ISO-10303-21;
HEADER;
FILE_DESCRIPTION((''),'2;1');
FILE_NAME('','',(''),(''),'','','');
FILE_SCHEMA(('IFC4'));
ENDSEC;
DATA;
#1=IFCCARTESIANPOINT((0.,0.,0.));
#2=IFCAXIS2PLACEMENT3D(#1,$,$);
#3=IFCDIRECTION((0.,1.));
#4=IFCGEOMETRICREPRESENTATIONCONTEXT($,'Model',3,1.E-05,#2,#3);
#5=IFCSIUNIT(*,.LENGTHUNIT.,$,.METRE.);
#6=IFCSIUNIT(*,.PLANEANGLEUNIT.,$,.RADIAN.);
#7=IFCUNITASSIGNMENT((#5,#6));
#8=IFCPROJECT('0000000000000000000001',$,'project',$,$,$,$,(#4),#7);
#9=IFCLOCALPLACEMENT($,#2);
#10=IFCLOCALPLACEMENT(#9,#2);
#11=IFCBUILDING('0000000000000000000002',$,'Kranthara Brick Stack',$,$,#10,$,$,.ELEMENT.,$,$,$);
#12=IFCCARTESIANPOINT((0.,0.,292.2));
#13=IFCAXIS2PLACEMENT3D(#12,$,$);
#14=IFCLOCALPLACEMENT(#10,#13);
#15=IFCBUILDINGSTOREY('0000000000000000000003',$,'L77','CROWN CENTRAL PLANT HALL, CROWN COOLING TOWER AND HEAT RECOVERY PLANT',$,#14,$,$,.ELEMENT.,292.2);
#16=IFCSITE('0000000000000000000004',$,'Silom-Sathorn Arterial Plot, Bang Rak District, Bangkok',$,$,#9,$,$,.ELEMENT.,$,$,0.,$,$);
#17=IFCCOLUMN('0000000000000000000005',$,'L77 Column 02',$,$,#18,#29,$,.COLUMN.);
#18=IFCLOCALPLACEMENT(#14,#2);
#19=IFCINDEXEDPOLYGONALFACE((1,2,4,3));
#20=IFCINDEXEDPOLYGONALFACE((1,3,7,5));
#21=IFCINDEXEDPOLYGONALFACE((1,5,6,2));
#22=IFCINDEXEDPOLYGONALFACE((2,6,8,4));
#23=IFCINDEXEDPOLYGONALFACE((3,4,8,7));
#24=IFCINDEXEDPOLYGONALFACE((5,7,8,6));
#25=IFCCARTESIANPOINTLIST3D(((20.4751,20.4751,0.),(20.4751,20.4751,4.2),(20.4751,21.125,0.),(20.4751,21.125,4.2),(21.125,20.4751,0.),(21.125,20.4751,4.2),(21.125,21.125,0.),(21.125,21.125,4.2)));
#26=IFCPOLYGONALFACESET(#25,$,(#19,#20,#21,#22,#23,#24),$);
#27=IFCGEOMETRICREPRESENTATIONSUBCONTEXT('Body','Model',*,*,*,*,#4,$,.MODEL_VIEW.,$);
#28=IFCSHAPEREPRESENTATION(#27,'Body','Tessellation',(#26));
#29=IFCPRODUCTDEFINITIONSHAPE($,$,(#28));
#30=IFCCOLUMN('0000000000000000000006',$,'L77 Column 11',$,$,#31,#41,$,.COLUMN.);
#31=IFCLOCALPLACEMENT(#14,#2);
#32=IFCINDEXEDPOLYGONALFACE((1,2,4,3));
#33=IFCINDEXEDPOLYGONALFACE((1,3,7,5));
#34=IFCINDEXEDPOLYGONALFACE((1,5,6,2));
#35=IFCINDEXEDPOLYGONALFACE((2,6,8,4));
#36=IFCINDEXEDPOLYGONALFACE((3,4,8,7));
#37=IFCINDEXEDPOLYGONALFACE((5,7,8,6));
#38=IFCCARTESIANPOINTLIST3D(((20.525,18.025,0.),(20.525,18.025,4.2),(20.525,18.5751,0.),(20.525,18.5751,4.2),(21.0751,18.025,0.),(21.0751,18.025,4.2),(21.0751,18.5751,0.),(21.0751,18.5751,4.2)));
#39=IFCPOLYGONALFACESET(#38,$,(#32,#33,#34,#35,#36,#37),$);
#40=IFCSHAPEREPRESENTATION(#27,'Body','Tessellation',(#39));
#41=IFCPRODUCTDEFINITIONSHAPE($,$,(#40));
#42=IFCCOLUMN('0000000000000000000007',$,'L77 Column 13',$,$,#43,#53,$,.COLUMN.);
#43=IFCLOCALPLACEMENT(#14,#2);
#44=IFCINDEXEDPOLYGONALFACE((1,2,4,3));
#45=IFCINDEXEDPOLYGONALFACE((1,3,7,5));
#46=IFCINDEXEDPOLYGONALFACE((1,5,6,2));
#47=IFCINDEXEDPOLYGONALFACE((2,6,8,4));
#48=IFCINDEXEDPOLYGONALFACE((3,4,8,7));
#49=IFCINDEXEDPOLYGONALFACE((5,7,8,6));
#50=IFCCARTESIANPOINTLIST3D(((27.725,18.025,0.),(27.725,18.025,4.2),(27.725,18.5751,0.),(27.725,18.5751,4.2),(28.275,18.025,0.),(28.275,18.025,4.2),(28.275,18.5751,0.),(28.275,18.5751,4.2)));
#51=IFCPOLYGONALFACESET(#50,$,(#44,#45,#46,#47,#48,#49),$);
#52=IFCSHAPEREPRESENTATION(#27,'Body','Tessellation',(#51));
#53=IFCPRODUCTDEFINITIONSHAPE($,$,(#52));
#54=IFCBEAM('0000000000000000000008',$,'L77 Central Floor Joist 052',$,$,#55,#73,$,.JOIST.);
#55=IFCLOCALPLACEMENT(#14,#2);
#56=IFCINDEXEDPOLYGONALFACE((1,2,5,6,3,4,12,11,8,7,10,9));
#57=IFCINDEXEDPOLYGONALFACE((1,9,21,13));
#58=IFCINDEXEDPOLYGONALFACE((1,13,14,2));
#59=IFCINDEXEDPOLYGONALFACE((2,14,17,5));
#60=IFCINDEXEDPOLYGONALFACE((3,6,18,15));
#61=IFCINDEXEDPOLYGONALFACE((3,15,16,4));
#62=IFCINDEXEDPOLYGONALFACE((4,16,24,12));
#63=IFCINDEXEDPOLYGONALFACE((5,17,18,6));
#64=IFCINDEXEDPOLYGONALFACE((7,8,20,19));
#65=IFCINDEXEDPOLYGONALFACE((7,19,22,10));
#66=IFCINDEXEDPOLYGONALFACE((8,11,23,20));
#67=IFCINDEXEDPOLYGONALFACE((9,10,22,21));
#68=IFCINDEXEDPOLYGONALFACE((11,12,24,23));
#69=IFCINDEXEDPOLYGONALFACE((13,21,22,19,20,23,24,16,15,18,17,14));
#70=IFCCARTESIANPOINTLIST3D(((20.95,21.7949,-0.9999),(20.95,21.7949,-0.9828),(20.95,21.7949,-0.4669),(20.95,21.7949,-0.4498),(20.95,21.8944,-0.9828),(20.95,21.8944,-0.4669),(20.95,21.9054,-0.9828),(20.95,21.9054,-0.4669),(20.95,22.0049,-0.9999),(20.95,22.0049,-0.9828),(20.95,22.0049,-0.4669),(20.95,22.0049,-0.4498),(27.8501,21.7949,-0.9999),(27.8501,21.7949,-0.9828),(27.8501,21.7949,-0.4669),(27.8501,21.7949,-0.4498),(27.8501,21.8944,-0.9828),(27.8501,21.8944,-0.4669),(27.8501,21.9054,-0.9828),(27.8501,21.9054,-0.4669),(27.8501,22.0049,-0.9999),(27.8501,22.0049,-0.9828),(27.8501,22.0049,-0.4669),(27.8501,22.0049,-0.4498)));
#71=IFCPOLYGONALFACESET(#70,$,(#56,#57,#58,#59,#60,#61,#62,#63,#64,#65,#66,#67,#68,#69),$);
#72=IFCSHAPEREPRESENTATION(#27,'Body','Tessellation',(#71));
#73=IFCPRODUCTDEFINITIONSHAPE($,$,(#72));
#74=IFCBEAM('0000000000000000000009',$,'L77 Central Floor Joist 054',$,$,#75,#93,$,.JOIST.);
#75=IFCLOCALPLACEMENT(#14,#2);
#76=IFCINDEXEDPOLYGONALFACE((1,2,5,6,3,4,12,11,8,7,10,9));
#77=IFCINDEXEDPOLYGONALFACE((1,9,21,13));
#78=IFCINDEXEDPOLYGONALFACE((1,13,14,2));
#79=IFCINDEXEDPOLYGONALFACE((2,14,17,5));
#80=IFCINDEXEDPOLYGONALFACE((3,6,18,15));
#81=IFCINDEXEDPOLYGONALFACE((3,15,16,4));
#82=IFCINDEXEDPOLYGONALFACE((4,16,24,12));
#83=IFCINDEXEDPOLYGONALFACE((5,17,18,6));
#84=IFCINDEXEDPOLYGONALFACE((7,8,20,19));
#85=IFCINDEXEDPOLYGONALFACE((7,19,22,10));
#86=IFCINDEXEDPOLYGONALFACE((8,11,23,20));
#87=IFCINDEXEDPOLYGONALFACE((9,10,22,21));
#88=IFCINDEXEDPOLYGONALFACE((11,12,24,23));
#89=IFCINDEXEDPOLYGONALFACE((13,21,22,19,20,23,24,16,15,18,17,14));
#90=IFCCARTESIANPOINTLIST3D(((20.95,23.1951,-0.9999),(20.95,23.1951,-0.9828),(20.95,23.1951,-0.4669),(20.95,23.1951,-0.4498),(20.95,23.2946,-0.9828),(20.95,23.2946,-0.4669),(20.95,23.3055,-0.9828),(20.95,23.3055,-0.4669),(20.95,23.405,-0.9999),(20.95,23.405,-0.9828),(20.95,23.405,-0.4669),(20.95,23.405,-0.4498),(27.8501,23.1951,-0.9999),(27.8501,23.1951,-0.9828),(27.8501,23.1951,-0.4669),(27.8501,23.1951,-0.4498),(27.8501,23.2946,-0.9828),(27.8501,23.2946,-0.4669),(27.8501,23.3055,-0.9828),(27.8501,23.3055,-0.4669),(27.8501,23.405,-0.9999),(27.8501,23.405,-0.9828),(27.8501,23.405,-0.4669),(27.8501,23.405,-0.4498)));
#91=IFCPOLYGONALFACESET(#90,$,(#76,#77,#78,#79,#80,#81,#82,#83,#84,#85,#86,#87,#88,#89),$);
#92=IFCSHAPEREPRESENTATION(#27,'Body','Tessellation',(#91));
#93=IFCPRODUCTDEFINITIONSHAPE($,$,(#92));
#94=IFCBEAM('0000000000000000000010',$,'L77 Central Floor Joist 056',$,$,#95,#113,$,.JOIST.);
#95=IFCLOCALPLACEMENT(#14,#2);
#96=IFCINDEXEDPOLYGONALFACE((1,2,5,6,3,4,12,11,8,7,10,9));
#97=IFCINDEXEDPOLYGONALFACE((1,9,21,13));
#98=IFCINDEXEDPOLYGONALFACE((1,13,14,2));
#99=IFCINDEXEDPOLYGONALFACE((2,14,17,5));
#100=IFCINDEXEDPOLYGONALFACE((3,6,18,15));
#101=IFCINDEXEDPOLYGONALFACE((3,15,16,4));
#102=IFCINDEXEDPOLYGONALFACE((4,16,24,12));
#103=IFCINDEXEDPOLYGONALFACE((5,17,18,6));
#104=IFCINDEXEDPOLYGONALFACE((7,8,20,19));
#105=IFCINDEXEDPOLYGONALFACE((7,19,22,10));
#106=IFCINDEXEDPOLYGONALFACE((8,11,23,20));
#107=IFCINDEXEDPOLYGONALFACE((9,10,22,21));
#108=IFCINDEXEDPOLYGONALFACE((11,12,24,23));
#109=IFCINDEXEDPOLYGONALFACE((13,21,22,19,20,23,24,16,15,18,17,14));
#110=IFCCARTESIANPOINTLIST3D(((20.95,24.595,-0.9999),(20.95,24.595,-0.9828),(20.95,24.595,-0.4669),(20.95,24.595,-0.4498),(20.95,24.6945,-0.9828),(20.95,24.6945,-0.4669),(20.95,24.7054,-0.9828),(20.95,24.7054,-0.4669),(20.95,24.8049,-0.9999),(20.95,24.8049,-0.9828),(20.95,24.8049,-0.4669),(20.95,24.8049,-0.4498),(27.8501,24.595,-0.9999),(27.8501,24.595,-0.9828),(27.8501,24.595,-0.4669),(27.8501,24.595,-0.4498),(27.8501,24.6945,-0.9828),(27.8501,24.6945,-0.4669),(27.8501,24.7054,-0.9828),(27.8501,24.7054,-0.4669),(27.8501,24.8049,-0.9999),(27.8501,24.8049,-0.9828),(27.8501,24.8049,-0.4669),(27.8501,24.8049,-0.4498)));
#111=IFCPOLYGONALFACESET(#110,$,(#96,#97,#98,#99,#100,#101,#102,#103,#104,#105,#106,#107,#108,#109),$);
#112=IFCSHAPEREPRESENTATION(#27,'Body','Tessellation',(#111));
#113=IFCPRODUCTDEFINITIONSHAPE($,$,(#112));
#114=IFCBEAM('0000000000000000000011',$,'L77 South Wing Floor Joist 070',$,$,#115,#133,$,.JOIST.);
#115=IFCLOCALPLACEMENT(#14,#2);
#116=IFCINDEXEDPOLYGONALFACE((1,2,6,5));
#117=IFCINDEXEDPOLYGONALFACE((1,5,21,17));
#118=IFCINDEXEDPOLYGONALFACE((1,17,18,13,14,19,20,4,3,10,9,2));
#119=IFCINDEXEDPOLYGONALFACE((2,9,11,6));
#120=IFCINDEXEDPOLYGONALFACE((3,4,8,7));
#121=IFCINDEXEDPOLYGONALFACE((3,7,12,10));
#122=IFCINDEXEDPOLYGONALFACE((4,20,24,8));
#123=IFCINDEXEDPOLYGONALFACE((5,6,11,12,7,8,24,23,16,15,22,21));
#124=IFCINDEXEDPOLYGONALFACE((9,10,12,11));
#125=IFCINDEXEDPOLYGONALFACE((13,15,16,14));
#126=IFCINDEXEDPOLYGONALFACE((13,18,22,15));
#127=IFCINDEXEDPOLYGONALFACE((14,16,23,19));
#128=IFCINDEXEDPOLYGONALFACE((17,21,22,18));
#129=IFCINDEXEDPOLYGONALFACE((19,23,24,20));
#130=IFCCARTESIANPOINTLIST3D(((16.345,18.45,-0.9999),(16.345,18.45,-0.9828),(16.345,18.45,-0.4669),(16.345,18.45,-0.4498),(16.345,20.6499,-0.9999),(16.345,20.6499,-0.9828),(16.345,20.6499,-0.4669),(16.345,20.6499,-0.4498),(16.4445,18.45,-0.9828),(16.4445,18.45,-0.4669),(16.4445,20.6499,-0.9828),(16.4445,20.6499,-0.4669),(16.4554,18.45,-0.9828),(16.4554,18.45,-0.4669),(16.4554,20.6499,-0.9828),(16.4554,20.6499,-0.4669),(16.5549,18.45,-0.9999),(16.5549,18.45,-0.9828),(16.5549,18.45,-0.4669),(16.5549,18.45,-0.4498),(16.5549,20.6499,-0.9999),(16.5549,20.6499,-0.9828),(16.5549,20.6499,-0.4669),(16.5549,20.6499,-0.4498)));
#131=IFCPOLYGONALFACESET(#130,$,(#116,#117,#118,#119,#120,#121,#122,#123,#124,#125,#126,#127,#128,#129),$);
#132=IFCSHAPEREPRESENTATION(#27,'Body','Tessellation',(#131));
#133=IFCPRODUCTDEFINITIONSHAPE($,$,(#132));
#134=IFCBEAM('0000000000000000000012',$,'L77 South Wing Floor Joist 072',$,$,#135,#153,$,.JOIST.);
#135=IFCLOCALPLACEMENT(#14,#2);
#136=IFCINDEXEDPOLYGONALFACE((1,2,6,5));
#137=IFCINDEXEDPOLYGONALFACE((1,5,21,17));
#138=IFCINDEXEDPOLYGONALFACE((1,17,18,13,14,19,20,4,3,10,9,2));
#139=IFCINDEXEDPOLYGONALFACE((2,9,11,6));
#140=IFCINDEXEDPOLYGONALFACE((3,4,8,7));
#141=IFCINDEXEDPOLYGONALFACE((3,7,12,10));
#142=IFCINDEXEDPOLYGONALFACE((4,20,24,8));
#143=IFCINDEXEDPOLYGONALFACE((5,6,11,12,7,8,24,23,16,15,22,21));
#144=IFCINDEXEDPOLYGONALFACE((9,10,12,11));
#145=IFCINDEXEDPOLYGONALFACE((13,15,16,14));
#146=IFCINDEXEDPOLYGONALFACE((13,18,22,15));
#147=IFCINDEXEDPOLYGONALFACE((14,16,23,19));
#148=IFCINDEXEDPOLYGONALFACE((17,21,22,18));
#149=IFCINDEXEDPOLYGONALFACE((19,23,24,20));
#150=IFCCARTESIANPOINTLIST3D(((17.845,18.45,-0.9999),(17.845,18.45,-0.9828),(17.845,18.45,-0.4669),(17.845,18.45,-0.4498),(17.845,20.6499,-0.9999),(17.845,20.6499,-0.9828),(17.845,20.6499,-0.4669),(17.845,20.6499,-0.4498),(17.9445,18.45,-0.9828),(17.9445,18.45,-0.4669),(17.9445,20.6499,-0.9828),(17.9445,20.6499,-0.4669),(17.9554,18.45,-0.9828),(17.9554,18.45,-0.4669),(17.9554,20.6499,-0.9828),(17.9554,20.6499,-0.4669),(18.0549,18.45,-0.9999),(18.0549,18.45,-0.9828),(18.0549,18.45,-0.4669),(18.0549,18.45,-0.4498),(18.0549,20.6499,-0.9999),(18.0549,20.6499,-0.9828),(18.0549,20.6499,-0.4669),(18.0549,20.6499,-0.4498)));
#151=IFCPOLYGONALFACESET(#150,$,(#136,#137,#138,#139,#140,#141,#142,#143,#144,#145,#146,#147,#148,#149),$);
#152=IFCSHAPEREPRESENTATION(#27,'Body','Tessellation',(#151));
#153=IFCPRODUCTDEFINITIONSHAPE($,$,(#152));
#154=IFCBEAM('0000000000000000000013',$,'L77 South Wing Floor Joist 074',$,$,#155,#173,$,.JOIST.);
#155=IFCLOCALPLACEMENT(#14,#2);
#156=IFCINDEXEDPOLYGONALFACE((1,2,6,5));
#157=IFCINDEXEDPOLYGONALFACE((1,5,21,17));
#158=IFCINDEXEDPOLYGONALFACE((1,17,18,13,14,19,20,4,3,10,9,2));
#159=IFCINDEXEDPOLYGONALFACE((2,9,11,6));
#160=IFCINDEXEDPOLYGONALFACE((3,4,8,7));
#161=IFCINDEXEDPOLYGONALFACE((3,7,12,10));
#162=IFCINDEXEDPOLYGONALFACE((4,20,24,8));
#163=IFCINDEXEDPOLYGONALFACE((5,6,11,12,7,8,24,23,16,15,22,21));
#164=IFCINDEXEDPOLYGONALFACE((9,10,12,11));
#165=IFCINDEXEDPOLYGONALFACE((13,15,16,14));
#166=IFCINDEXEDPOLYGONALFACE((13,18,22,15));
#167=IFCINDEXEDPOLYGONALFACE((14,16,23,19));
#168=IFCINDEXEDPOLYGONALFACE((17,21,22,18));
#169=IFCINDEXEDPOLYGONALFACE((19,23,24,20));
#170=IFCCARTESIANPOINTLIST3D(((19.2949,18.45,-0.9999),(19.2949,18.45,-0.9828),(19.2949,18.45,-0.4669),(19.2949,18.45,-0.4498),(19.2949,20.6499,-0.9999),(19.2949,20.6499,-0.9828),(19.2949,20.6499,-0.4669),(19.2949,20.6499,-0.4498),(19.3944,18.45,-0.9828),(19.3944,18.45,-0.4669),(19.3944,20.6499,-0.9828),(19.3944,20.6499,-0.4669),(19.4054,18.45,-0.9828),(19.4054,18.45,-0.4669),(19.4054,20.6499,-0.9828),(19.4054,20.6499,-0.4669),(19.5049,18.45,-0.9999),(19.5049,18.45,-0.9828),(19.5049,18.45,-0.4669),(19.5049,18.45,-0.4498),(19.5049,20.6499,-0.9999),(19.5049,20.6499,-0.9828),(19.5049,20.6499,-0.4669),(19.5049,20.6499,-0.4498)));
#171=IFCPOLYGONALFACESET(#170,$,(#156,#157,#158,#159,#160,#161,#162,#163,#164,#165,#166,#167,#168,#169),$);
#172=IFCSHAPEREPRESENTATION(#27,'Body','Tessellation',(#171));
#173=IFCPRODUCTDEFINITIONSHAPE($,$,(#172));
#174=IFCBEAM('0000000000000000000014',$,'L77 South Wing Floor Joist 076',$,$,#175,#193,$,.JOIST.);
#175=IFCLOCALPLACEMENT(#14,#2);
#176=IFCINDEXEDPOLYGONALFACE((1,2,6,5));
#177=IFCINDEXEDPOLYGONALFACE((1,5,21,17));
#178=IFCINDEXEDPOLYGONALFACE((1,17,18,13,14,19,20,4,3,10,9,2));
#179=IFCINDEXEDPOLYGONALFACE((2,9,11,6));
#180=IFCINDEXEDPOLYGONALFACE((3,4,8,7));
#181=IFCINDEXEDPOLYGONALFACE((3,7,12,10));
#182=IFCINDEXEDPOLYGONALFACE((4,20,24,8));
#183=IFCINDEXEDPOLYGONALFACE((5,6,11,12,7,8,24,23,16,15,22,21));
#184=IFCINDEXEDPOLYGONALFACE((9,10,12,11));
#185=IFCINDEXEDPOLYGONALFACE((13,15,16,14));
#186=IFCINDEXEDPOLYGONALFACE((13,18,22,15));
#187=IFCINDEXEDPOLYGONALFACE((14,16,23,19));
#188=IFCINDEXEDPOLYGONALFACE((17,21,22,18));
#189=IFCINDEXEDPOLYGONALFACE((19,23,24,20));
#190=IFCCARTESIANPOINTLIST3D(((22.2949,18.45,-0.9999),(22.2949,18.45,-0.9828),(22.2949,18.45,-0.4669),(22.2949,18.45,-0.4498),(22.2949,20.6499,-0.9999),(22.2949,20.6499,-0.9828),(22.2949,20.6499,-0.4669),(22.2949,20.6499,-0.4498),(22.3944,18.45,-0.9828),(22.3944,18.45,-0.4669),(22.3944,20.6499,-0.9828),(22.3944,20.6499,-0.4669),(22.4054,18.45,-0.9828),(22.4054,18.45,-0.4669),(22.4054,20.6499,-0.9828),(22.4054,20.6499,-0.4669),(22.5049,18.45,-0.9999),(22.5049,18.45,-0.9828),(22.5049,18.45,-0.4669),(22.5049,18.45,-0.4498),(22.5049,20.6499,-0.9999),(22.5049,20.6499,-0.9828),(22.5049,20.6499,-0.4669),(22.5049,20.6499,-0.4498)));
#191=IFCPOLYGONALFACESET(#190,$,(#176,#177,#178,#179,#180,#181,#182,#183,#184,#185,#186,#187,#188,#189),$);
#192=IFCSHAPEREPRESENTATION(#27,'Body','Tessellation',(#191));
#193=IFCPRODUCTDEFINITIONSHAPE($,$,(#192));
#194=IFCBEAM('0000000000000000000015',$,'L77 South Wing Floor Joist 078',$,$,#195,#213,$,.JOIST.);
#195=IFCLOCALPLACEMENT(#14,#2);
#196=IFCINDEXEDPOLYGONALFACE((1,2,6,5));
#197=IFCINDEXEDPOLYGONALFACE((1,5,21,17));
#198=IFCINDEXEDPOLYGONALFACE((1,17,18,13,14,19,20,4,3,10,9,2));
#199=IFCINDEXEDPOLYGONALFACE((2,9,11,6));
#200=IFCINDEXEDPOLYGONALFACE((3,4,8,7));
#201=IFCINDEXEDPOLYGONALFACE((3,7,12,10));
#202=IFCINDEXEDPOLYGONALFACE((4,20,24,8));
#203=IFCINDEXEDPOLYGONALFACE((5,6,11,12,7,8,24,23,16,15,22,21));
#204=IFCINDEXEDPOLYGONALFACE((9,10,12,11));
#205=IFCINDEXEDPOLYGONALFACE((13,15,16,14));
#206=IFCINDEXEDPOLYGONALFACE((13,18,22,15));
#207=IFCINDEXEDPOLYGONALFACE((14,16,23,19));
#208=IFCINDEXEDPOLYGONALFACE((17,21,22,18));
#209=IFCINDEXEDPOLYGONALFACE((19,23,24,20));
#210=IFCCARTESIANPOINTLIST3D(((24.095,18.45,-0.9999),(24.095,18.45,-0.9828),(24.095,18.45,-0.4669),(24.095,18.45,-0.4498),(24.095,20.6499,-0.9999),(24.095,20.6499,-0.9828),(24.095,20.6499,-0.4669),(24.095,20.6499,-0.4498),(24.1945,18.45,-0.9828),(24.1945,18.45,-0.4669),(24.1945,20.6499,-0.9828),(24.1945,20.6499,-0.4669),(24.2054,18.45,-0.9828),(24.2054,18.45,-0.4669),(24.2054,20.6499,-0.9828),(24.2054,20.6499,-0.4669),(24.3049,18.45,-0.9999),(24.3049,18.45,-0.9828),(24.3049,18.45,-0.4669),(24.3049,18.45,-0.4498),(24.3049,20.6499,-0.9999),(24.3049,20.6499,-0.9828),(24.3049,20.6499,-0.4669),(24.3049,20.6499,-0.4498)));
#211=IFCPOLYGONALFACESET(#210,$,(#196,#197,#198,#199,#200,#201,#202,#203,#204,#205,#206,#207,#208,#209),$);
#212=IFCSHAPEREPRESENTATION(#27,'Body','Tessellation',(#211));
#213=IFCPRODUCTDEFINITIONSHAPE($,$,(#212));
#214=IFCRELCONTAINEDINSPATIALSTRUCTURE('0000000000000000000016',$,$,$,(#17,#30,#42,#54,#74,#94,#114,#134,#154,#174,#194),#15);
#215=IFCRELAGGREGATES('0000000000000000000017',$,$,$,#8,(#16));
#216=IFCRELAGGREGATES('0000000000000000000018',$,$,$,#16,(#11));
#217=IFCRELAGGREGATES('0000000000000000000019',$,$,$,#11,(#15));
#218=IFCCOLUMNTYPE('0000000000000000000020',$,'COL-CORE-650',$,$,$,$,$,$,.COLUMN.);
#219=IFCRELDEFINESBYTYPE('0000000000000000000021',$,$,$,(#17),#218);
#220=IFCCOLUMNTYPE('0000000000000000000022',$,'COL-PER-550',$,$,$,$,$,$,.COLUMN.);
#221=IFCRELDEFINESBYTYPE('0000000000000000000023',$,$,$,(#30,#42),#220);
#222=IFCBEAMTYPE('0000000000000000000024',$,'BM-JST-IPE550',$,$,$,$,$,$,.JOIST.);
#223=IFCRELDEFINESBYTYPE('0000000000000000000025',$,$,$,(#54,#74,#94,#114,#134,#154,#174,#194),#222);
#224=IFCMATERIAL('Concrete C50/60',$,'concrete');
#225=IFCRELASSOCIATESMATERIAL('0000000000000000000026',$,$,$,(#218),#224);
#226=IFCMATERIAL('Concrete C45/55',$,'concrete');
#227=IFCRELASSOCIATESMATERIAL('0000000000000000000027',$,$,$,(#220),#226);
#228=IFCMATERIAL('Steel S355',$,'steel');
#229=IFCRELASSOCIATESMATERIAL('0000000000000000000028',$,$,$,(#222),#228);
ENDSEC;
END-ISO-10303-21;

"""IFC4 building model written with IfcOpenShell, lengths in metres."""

from ifc_helpers import new_model, si_unit, direction, frame, origin, origin_2d, place, context, subcontext, project, spatial, rectangle, i_section, extrude, material, material_profile, profile_set, type_object, element, save


model = new_model("IFC4")

# Units and contexts
model_context = context("Model", 3, precision=1e-05, world=origin(), true_north=direction((0.0, 1.0)))
body_context = subcontext(model_context, "Body", "Model", "MODEL_VIEW")
ifc_project = project(units=[si_unit("LENGTHUNIT", "METRE"), si_unit("PLANEANGLEUNIT", "RADIAN")], contexts=[model_context])

# Site, building, storey
site_placement = place(None, origin())
site = spatial("IfcSite", under=ifc_project, at=site_placement, Name="Silom-Sathorn Arterial Plot, Bang Rak District, Bangkok", CompositionType="ELEMENT", RefElevation=0.0)
building_placement = place(site_placement, origin())
building = spatial("IfcBuilding", under=site, at=building_placement, Name="Kranthara Brick Stack", CompositionType="ELEMENT")
storey_placement = place(building_placement, frame((0.0, 0.0, 292.2)))
storey = spatial("IfcBuildingStorey", under=building, at=storey_placement, Name="L77", Description="CROWN CENTRAL PLANT HALL, CROWN COOLING TOWER AND HEAT RECOVERY PLANT", CompositionType="ELEMENT", Elevation=292.2)

# Columns
ifc_material_1 = material(Name="Concrete C50/60", Category="concrete")
ifc_material_profile_1 = material_profile(ifc_material_1, rectangle(XDim=0.6499, YDim=0.6499, at=origin_2d()), Name="RC 650x650")
ifc_profile_set_1 = profile_set([ifc_material_profile_1], Name="Concrete C50/60")
column_type_1 = type_object("IfcColumnType", Name="COL-CORE-650", PredefinedType="COLUMN", material=ifc_profile_set_1)
column_placement = place(storey_placement, frame((20.8, 20.8, 0.0), z_axis=(0.0, 0.0, 1.0), x_axis=(1.0, 0.0, 0.0)))
element("IfcColumn", 1, at=column_placement, inside=storey, type_object=column_type_1, Name="L77 Column 02", PredefinedType="COLUMN", context=body_context, shape_type="SweptSolid", body=[
    extrude(rectangle(XDim=0.6499, YDim=0.6499, at=origin_2d()), origin(), (0.0, 0.0, 1.0), 4.2),
])
ifc_material_2 = material(Name="Concrete C45/55", Category="concrete")
ifc_material_profile_2 = material_profile(ifc_material_2, rectangle(XDim=0.55, YDim=0.55, at=origin_2d()), Name="RC 550x550")
ifc_profile_set_2 = profile_set([ifc_material_profile_2], Name="Concrete C45/55")
column_type_2 = type_object("IfcColumnType", Name="COL-PER-550", PredefinedType="COLUMN", material=ifc_profile_set_2)
for number, where, z_axis, x_axis, name in (
    (2, (20.8, 18.3, 0.0), (0.0, 0.0, 1.0), (1.0, 0.0, 0.0), "L77 Column 11"),
    (3, (28.0, 18.3, 0.0), (0.0, 0.0, 1.0), (1.0, 0.0, 0.0), "L77 Column 13"),
):
    element("IfcColumn", number, at=place(storey_placement, frame(where, z_axis=z_axis, x_axis=x_axis)), inside=storey, type_object=column_type_2, Name=name, PredefinedType="COLUMN", context=body_context, shape_type="SweptSolid", body=[
        extrude(rectangle(XDim=0.55, YDim=0.55, at=origin_2d()), origin(), (0.0, 0.0, 1.0), 4.2),
    ])

# Beams
ifc_material_3 = material(Name="Steel S355", Category="steel")
ifc_material_profile_3 = material_profile(ifc_material_3, i_section(OverallWidth=0.21, OverallDepth=0.55, WebThickness=0.011, FlangeThickness=0.0171, at=origin_2d()), Name="IPE 550")
ifc_profile_set_3 = profile_set([ifc_material_profile_3], Name="Steel S355")
beam_type_1 = type_object("IfcBeamType", Name="BM-JST-IPE550", PredefinedType="JOIST", material=ifc_profile_set_3)
for number, where, z_axis, x_axis, name in (
    (4, (20.95, 21.8999, -0.7249), (1.0, 0.0, 0.0), (0.0, 1.0, 0.0), "L77 Central Floor Joist 052"),
    (5, (20.95, 23.3, -0.7249), (1.0, 0.0, 0.0), (0.0, 1.0, 0.0), "L77 Central Floor Joist 054"),
    (6, (20.95, 24.7, -0.7249), (1.0, 0.0, 0.0), (0.0, 1.0, 0.0), "L77 Central Floor Joist 056"),
):
    element("IfcBeam", number, at=place(storey_placement, frame(where, z_axis=z_axis, x_axis=x_axis)), inside=storey, type_object=beam_type_1, Name=name, PredefinedType="JOIST", context=body_context, shape_type="SweptSolid", body=[
        extrude(i_section(OverallWidth=0.21, OverallDepth=0.55, WebThickness=0.011, FlangeThickness=0.0171, at=origin_2d()), origin(), (0.0, 0.0, 1.0), 6.9001),
    ])
for number, where, z_axis, x_axis, name in (
    (7, (16.45, 18.45, -0.7249), (0.0, 1.0, 0.0), (-1.0, 0.0, 0.0), "L77 South Wing Floor Joist 070"),
    (8, (17.95, 18.45, -0.7249), (0.0, 1.0, 0.0), (-1.0, 0.0, 0.0), "L77 South Wing Floor Joist 072"),
    (9, (19.3999, 18.45, -0.7249), (0.0, 1.0, 0.0), (-1.0, 0.0, 0.0), "L77 South Wing Floor Joist 074"),
    (10, (22.3999, 18.45, -0.7249), (0.0, 1.0, 0.0), (-1.0, 0.0, 0.0), "L77 South Wing Floor Joist 076"),
    (11, (24.2, 18.45, -0.7249), (0.0, 1.0, 0.0), (-1.0, 0.0, 0.0), "L77 South Wing Floor Joist 078"),
):
    element("IfcBeam", number, at=place(storey_placement, frame(where, z_axis=z_axis, x_axis=x_axis)), inside=storey, type_object=beam_type_1, Name=name, PredefinedType="JOIST", context=body_context, shape_type="SweptSolid", body=[
        extrude(i_section(OverallWidth=0.21, OverallDepth=0.55, WebThickness=0.011, FlangeThickness=0.0171, at=origin_2d()), origin(), (0.0, 0.0, 1.0), 2.2),
    ])

save(model, "model.ifc")
